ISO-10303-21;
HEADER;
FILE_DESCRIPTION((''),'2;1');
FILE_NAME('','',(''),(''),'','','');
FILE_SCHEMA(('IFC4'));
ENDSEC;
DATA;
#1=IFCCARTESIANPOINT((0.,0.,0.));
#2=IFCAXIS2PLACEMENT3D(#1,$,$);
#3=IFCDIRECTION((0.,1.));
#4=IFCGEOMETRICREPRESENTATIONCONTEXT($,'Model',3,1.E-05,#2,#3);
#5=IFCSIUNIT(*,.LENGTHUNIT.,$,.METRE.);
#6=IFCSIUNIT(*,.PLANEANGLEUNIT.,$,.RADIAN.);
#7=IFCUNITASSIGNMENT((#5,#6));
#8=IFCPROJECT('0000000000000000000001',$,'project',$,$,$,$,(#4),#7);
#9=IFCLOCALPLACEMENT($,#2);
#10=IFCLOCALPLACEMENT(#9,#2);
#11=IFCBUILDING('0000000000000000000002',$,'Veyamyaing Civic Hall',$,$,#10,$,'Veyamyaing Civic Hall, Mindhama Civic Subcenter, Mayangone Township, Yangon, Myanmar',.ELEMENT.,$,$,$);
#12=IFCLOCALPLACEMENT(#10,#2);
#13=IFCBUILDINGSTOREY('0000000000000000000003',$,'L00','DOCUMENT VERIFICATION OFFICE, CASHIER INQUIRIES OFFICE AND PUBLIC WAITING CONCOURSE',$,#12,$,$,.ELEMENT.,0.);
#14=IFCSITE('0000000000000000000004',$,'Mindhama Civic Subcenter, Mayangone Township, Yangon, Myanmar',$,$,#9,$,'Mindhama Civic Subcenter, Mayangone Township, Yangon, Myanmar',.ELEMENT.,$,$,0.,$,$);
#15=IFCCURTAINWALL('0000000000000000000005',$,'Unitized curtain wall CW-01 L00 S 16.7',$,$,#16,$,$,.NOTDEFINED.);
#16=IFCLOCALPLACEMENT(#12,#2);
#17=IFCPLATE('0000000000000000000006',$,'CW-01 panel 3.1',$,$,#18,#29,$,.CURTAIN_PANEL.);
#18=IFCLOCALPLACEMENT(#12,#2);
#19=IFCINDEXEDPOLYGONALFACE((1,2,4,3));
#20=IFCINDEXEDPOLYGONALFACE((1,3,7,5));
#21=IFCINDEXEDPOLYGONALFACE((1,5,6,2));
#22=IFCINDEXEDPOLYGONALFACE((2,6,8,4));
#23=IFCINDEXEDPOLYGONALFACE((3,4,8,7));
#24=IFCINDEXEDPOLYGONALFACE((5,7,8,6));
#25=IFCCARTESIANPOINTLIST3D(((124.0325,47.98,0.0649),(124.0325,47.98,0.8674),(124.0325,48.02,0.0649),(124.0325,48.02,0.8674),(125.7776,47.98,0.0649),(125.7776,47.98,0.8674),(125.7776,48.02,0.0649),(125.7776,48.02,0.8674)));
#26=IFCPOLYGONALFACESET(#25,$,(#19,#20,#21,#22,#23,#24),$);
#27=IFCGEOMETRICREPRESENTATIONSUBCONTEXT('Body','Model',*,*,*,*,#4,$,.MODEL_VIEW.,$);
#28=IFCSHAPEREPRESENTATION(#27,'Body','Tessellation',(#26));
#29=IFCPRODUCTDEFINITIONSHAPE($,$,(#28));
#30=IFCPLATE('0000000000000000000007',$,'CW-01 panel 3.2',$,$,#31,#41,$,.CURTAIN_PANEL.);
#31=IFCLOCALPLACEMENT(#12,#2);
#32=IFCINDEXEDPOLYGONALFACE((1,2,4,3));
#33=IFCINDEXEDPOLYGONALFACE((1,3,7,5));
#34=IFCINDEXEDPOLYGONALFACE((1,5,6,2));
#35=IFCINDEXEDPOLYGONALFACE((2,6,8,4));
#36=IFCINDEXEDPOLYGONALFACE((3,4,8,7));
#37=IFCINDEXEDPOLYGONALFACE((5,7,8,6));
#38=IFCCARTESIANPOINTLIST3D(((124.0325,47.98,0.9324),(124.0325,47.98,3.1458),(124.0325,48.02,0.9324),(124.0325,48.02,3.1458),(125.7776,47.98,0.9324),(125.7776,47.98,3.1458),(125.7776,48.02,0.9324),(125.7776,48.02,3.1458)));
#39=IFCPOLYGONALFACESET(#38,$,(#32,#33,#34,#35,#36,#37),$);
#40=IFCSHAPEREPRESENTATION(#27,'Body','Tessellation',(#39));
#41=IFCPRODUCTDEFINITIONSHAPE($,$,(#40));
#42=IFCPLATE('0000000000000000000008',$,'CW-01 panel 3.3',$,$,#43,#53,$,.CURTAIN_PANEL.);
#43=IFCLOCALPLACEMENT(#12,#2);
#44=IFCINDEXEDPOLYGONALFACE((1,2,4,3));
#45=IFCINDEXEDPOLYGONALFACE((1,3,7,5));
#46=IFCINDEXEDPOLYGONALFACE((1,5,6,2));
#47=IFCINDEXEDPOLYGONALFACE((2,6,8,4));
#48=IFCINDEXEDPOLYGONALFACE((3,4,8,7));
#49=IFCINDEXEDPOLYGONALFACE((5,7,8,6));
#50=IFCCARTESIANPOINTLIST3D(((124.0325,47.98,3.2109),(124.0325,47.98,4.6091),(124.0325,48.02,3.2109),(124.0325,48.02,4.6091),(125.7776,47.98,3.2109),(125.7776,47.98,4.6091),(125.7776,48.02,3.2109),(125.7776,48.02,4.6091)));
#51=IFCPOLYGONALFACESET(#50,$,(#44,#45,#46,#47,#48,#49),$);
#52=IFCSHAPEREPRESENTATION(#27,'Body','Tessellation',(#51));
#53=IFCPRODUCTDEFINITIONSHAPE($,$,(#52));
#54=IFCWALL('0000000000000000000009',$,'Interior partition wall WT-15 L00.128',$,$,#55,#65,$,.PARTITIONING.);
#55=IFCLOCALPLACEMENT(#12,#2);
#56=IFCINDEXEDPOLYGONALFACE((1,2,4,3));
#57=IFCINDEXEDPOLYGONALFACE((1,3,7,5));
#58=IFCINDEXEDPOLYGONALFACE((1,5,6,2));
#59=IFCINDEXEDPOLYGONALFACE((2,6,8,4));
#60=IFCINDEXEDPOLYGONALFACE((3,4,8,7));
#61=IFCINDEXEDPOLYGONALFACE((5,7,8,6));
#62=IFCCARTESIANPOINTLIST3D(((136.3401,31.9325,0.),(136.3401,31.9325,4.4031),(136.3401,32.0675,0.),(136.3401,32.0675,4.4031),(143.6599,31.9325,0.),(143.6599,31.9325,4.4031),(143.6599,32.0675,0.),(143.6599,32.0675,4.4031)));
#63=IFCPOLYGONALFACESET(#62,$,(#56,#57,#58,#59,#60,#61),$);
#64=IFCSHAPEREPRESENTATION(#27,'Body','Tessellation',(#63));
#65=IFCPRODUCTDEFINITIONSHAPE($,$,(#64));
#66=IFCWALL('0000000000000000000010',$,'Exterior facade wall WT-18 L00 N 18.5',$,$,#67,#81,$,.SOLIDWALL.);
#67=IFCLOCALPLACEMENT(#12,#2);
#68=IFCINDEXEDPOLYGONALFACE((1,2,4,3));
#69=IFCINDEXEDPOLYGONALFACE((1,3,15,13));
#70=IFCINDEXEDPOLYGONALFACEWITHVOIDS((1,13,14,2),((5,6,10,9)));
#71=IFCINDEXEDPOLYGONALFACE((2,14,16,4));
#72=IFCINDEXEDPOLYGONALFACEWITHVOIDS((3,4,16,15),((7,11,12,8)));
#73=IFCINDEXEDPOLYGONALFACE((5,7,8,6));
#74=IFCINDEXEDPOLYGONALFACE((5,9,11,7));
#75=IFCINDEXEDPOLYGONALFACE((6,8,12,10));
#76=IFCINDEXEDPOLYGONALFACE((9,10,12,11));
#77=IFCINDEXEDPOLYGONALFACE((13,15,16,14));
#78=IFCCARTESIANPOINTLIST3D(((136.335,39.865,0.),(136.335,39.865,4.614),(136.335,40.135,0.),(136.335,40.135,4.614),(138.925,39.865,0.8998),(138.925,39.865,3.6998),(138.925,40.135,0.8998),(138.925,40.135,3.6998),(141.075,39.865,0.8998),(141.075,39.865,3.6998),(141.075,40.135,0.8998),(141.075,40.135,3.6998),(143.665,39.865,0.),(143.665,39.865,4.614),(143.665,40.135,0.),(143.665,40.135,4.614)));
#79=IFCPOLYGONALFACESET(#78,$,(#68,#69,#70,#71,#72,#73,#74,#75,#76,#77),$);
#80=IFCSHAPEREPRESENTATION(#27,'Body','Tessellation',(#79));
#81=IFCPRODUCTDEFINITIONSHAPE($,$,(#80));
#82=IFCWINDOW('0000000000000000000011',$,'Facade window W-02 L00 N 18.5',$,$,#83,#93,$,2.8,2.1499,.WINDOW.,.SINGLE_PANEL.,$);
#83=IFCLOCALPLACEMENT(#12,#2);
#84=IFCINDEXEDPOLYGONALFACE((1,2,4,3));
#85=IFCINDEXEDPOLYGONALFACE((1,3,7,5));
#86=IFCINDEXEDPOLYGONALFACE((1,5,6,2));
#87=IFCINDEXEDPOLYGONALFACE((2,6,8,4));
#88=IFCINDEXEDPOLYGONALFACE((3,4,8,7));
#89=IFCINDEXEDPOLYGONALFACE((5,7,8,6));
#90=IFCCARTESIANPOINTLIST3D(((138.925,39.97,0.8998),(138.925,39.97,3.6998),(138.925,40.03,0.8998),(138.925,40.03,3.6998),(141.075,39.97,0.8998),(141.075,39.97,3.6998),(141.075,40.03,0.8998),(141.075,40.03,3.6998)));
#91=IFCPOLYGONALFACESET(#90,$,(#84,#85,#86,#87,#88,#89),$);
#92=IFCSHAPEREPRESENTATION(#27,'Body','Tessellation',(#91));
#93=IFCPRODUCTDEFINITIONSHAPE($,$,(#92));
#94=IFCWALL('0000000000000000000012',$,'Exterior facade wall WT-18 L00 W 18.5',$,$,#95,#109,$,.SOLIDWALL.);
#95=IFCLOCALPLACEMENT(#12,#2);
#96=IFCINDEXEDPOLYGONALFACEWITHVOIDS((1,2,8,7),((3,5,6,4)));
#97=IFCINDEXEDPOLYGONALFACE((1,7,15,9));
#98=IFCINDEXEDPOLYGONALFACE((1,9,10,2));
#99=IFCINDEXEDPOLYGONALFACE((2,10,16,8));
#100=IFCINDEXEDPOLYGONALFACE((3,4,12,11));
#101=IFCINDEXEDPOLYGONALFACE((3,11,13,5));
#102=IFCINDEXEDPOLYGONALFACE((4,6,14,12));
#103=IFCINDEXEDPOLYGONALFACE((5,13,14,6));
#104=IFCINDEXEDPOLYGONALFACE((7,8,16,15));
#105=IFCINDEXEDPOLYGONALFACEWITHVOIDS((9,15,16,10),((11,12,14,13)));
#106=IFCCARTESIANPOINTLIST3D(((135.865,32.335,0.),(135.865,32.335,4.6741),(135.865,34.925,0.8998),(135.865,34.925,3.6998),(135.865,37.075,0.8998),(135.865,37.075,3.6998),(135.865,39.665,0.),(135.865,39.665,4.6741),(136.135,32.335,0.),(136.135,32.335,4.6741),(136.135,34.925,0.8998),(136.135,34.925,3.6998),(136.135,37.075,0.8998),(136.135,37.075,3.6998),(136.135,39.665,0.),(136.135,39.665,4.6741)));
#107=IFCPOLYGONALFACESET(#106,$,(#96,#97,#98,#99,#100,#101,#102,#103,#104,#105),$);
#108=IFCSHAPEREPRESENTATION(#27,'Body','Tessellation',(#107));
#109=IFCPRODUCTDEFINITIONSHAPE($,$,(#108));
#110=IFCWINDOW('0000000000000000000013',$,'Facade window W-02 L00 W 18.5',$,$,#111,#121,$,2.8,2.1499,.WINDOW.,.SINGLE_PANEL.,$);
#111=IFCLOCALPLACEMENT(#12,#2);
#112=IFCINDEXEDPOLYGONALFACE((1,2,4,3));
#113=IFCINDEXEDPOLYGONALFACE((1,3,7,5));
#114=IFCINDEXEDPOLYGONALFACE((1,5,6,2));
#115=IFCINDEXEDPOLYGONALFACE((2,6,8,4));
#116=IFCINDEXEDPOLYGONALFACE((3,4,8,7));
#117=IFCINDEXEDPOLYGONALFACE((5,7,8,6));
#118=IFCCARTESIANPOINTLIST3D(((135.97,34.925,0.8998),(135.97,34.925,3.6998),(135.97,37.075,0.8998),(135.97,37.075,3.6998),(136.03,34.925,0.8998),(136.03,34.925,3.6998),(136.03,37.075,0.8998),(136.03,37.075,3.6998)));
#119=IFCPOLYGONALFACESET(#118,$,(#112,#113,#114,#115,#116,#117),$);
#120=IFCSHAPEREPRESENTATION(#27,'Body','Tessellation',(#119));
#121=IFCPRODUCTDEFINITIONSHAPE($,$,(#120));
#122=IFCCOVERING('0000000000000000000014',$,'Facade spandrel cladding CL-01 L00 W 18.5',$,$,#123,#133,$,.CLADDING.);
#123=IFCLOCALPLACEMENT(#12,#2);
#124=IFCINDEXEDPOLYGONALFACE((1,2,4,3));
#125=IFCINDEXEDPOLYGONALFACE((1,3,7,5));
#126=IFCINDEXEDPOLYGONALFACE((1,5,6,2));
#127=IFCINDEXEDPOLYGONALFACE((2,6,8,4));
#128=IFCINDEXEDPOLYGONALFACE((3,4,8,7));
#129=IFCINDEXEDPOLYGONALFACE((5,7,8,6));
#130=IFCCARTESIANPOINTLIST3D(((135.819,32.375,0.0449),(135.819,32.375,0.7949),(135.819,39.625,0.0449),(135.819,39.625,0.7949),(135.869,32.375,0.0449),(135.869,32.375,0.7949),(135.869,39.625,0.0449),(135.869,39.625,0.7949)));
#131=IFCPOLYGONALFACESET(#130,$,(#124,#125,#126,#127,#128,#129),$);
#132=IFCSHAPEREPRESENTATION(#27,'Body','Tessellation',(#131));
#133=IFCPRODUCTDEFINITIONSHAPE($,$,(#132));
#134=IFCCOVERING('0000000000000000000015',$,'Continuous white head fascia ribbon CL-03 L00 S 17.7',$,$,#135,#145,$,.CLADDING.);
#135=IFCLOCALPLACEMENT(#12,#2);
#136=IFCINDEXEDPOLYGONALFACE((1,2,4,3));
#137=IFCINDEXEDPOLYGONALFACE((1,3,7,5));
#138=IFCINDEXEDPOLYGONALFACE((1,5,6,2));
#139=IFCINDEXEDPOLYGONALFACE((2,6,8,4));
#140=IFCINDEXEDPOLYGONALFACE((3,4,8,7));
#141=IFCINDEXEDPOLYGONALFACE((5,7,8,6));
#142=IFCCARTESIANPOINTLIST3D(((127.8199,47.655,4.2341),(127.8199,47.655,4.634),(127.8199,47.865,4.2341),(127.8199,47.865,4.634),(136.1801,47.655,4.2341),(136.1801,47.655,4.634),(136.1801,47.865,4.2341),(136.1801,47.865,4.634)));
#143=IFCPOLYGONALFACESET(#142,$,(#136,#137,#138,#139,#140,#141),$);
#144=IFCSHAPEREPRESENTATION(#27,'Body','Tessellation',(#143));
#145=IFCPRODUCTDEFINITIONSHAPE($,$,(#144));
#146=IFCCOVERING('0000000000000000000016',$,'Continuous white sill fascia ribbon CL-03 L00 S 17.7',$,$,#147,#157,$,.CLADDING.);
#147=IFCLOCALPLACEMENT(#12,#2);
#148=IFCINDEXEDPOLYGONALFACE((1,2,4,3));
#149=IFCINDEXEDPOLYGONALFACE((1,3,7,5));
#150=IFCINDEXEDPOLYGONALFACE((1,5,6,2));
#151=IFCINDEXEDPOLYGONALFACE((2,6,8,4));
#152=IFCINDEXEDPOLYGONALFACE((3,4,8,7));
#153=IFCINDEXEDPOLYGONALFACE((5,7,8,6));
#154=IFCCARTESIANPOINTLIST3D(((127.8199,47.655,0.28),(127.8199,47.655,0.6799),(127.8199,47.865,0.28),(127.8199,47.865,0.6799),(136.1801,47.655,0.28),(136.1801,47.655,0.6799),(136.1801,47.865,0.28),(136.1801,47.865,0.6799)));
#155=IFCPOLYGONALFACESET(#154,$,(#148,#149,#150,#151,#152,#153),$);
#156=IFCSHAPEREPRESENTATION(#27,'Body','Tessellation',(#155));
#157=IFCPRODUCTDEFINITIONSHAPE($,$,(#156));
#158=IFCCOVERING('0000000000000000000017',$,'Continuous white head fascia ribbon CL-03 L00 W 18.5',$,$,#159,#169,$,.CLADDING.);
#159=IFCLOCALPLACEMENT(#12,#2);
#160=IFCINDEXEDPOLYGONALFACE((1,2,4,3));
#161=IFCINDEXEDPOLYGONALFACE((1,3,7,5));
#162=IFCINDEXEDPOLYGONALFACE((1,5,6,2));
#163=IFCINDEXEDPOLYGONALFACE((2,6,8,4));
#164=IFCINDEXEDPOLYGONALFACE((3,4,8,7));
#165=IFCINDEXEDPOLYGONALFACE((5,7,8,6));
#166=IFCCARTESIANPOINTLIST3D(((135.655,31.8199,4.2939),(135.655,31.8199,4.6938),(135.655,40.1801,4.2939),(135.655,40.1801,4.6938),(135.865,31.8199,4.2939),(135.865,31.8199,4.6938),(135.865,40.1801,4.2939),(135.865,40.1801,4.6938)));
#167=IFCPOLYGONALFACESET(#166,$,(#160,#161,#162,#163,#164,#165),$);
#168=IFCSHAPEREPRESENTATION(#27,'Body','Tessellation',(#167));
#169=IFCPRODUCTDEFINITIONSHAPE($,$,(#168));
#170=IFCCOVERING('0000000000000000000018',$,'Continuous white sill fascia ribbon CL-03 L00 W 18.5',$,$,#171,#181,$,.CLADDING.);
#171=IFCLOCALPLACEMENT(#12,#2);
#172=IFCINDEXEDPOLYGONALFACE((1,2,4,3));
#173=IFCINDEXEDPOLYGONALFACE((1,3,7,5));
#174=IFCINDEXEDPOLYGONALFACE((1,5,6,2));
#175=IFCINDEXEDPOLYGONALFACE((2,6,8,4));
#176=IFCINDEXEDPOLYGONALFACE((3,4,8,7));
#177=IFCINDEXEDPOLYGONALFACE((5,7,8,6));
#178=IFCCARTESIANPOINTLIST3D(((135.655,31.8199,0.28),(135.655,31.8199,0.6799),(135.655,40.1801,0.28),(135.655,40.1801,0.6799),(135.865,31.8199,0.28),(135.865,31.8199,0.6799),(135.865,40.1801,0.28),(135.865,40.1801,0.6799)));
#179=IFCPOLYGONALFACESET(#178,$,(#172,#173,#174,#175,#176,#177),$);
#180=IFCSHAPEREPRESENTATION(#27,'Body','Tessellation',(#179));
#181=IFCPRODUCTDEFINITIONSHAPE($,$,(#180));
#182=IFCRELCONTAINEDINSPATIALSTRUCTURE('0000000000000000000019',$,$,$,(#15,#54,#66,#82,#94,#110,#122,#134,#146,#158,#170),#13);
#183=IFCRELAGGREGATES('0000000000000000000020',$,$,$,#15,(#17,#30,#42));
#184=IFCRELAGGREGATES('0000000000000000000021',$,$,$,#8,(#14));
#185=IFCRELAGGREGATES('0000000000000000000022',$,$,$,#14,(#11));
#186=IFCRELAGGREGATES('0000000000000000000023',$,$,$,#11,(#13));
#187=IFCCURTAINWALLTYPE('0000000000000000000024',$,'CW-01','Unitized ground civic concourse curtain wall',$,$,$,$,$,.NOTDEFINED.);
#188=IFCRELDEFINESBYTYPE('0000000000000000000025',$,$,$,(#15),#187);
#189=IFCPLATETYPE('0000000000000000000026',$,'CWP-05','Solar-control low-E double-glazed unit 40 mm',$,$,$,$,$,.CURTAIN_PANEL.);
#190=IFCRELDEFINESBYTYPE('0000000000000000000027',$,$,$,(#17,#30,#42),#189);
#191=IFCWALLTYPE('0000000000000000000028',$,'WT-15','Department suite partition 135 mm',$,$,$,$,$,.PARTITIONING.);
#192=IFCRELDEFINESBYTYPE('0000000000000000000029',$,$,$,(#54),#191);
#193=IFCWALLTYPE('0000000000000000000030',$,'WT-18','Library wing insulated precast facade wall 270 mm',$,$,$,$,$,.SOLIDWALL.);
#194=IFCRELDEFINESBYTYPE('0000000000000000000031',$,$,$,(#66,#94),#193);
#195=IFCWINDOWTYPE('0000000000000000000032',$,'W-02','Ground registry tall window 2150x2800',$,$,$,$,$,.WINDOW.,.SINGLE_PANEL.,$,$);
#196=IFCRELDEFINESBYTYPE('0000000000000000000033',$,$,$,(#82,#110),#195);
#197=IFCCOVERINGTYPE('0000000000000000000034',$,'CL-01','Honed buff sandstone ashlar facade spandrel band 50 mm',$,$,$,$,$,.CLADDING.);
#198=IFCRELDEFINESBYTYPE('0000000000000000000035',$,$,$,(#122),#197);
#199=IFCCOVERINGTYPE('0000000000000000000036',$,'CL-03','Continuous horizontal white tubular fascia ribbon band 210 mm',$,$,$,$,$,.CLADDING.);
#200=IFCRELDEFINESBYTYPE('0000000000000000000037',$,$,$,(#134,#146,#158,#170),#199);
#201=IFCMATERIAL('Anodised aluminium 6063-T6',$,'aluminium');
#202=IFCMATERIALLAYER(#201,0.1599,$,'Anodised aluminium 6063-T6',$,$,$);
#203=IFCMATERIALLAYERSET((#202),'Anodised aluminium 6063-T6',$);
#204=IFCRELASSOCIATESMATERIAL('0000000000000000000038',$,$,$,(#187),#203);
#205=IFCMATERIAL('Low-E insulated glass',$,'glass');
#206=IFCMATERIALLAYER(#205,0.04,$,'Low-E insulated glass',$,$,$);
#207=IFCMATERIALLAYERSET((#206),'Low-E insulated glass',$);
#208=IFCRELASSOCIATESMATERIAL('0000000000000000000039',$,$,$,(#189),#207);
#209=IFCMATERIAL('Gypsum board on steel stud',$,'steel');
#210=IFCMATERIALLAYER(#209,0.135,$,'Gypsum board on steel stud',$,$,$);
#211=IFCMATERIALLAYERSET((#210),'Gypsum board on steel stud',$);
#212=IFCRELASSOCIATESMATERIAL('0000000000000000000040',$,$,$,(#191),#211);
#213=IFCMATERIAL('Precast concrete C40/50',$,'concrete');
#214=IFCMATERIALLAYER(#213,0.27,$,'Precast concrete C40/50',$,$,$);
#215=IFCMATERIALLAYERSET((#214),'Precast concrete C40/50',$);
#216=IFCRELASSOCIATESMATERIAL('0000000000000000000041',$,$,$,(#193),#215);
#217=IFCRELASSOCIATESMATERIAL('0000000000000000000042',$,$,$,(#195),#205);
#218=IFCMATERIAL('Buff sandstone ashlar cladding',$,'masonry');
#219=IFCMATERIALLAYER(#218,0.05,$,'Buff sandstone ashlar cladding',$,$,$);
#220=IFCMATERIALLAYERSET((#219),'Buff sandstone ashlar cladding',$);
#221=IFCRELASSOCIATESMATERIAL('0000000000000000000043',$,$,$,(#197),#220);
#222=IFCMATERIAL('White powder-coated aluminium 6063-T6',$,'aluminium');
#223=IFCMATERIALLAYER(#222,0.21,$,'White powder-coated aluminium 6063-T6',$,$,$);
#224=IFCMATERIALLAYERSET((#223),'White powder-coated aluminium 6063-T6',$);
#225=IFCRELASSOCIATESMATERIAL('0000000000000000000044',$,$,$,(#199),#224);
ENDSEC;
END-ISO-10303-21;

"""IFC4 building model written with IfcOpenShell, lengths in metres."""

from ifc_helpers import new_model, si_unit, direction, frame, frame_2d, origin, origin_2d, place, context, subcontext, project, spatial, rectangle, extrude, material, layer, layer_set, type_object, element, fill, aggregate, save


model = new_model("IFC4")

# Units and contexts
model_context = context("Model", 3, precision=1e-05, world=origin(), true_north=direction((0.0, 1.0)))
body_context = subcontext(model_context, "Body", "Model", "MODEL_VIEW")
ifc_project = project(units=[si_unit("LENGTHUNIT", "METRE"), si_unit("PLANEANGLEUNIT", "RADIAN")], contexts=[model_context])

# Site, building, storey
site_placement = place(None, origin())
site = spatial("IfcSite", under=ifc_project, at=site_placement, Name="Mindhama Civic Subcenter, Mayangone Township, Yangon, Myanmar", LongName="Mindhama Civic Subcenter, Mayangone Township, Yangon, Myanmar", CompositionType="ELEMENT", RefElevation=0.0)
building_placement = place(site_placement, origin())
building = spatial("IfcBuilding", under=site, at=building_placement, Name="Veyamyaing Civic Hall", LongName="Veyamyaing Civic Hall, Mindhama Civic Subcenter, Mayangone Township, Yangon, Myanmar", CompositionType="ELEMENT")
storey_placement = place(building_placement, origin())
storey = spatial("IfcBuildingStorey", under=building, at=storey_placement, Name="L00", Description="DOCUMENT VERIFICATION OFFICE, CASHIER INQUIRIES OFFICE AND PUBLIC WAITING CONCOURSE", CompositionType="ELEMENT", Elevation=0.0)

# Curtain wall
ifc_material_1 = material(Name="Anodised aluminium 6063-T6", Category="aluminium")
ifc_layer_1 = layer(ifc_material_1, 0.1599, Name="Anodised aluminium 6063-T6")
ifc_layer_set_1 = layer_set([ifc_layer_1], Name="Anodised aluminium 6063-T6")
curtain_wall_type = type_object("IfcCurtainWallType", Name="CW-01", Description="Unitized ground civic concourse curtain wall", PredefinedType="NOTDEFINED", material=ifc_layer_set_1)
curtain_wall_placement = place(storey_placement, origin())
curtain_wall = element("IfcCurtainWall", 1, at=curtain_wall_placement, inside=storey, type_object=curtain_wall_type, Name="Unitized curtain wall CW-01 L00 S 16.7", PredefinedType="NOTDEFINED")

# Plates
ifc_material_2 = material(Name="Low-E insulated glass", Category="glass")
ifc_layer_2 = layer(ifc_material_2, 0.04, Name="Low-E insulated glass")
ifc_layer_set_2 = layer_set([ifc_layer_2], Name="Low-E insulated glass")
plate_type = type_object("IfcPlateType", Name="CWP-05", Description="Solar-control low-E double-glazed unit 40 mm", PredefinedType="CURTAIN_PANEL", material=ifc_layer_set_2)
plate_1_placement = place(storey_placement, frame((124.905, 48.0, 0.0649), z_axis=(0.0, 0.0, 1.0), x_axis=(1.0, 0.0, 0.0)))
plate_1 = element("IfcPlate", 2, at=plate_1_placement, type_object=plate_type, Name="CW-01 panel 3.1", PredefinedType="CURTAIN_PANEL", context=body_context, shape_type="SweptSolid", body=[
    extrude(rectangle(XDim=1.7451, YDim=0.04, at=origin_2d()), origin(), (0.0, 0.0, 1.0), 0.8025),
])
plate_2_placement = place(storey_placement, frame((124.905, 48.0, 0.9324), z_axis=(0.0, 0.0, 1.0), x_axis=(1.0, 0.0, 0.0)))
plate_2 = element("IfcPlate", 3, at=plate_2_placement, type_object=plate_type, Name="CW-01 panel 3.2", PredefinedType="CURTAIN_PANEL", context=body_context, shape_type="SweptSolid", body=[
    extrude(rectangle(XDim=1.7451, YDim=0.04, at=origin_2d()), origin(), (0.0, 0.0, 1.0), 2.2134),
])
plate_3_placement = place(storey_placement, frame((124.905, 48.0, 3.2109), z_axis=(0.0, 0.0, 1.0), x_axis=(1.0, 0.0, 0.0)))
plate_3 = element("IfcPlate", 4, at=plate_3_placement, type_object=plate_type, Name="CW-01 panel 3.3", PredefinedType="CURTAIN_PANEL", context=body_context, shape_type="SweptSolid", body=[
    extrude(rectangle(XDim=1.7451, YDim=0.04, at=origin_2d()), origin(), (0.0, 0.0, 1.0), 1.3982),
])
aggregate(curtain_wall, [plate_1, plate_2, plate_3])

# Wall
ifc_material_3 = material(Name="Gypsum board on steel stud", Category="steel")
ifc_layer_3 = layer(ifc_material_3, 0.135, Name="Gypsum board on steel stud")
ifc_layer_set_3 = layer_set([ifc_layer_3], Name="Gypsum board on steel stud")
wall_type_1 = type_object("IfcWallType", Name="WT-15", Description="Department suite partition 135 mm", PredefinedType="PARTITIONING", material=ifc_layer_set_3)
wall_1_placement = place(storey_placement, frame((136.3401, 32.0, 0.0), z_axis=(0.0, 0.0, 1.0), x_axis=(1.0, 0.0, 0.0)))
element("IfcWall", 5, at=wall_1_placement, inside=storey, type_object=wall_type_1, Name="Interior partition wall WT-15 L00.128", PredefinedType="PARTITIONING", context=body_context, shape_type="SweptSolid", body=[
    extrude(rectangle(XDim=7.3198, YDim=0.135, at=frame_2d((3.6599, 0.0))), origin(), (0.0, 0.0, 1.0), 4.4031),
])

# Walls, openings, windows
ifc_material_4 = material(Name="Precast concrete C40/50", Category="concrete")
ifc_layer_4 = layer(ifc_material_4, 0.27, Name="Precast concrete C40/50")
ifc_layer_set_4 = layer_set([ifc_layer_4], Name="Precast concrete C40/50")
wall_type_2 = type_object("IfcWallType", Name="WT-18", Description="Library wing insulated precast facade wall 270 mm", PredefinedType="SOLIDWALL", material=ifc_layer_set_4)
wall_2_placement = place(storey_placement, frame((136.335, 40.0, 0.0), z_axis=(0.0, 0.0, 1.0), x_axis=(1.0, 0.0, 0.0)))
wall_2 = element("IfcWall", 6, at=wall_2_placement, inside=storey, type_object=wall_type_2, Name="Exterior facade wall WT-18 L00 N 18.5", PredefinedType="SOLIDWALL", context=body_context, shape_type="SweptSolid", body=[
    extrude(rectangle(XDim=7.3301, YDim=0.27, at=frame_2d((3.665, 0.0))), origin(), (0.0, 0.0, 1.0), 4.614),
])
opening_1_placement = place(wall_2_placement, frame((2.5901, 0.0, 0.8999)))
opening_1 = element("IfcOpeningElement", 7, at=opening_1_placement, cuts=wall_2, PredefinedType="OPENING", context=body_context, shape_type="SweptSolid", body=[
    extrude(rectangle(XDim=2.1499, YDim=2.8, at=frame_2d((1.075, 1.3999))), frame((0.0, 0.145, 0.0), z_axis=(0.0, -1.0, 0.0), x_axis=(1.0, 0.0, 0.0)), (0.0, 0.0, 1.0), 0.29),
])
window_type = type_object("IfcWindowType", Name="W-02", Description="Ground registry tall window 2150x2800", PartitioningType="SINGLE_PANEL", PredefinedType="WINDOW", material=ifc_material_2)
window_1_placement = place(opening_1_placement, origin())
window_1 = element("IfcWindow", 8, at=window_1_placement, inside=storey, type_object=window_type, Name="Facade window W-02 L00 N 18.5", OverallHeight=2.8, OverallWidth=2.1499, PartitioningType="SINGLE_PANEL", PredefinedType="WINDOW", context=body_context, shape_type="SweptSolid", body=[
    extrude(rectangle(XDim=2.1499, YDim=2.8, at=frame_2d((1.075, 1.3999))), frame((0.0, 0.03, 0.0), z_axis=(0.0, -1.0, 0.0), x_axis=(1.0, 0.0, 0.0)), (0.0, 0.0, 1.0), 0.0601),
])
fill(opening_1, window_1)
wall_3_placement = place(storey_placement, frame((136.0, 32.335, 0.0), z_axis=(0.0, 0.0, 1.0), x_axis=(0.0, 1.0, 0.0)))
wall_3 = element("IfcWall", 9, at=wall_3_placement, inside=storey, type_object=wall_type_2, Name="Exterior facade wall WT-18 L00 W 18.5", PredefinedType="SOLIDWALL", context=body_context, shape_type="SweptSolid", body=[
    extrude(rectangle(XDim=7.3301, YDim=0.27, at=frame_2d((3.665, 0.0))), origin(), (0.0, 0.0, 1.0), 4.6741),
])
opening_2_placement = place(wall_3_placement, frame((2.5901, 0.0, 0.8999)))
opening_2 = element("IfcOpeningElement", 10, at=opening_2_placement, cuts=wall_3, PredefinedType="OPENING", context=body_context, shape_type="SweptSolid", body=[
    extrude(rectangle(XDim=2.1499, YDim=2.8, at=frame_2d((1.075, 1.3999))), frame((0.0, 0.145, 0.0), z_axis=(0.0, -1.0, 0.0), x_axis=(1.0, 0.0, 0.0)), (0.0, 0.0, 1.0), 0.29),
])
window_2_placement = place(opening_2_placement, origin())
window_2 = element("IfcWindow", 11, at=window_2_placement, inside=storey, type_object=window_type, Name="Facade window W-02 L00 W 18.5", OverallHeight=2.8, OverallWidth=2.1499, PartitioningType="SINGLE_PANEL", PredefinedType="WINDOW", context=body_context, shape_type="SweptSolid", body=[
    extrude(rectangle(XDim=2.1499, YDim=2.8, at=frame_2d((1.075, 1.3999))), frame((0.0, 0.03, 0.0), z_axis=(0.0, -1.0, 0.0), x_axis=(1.0, 0.0, 0.0)), (0.0, 0.0, 1.0), 0.0601),
])
fill(opening_2, window_2)

# Coverings
ifc_material_5 = material(Name="Buff sandstone ashlar cladding", Category="masonry")
ifc_layer_5 = layer(ifc_material_5, 0.05, Name="Buff sandstone ashlar cladding")
ifc_layer_set_5 = layer_set([ifc_layer_5], Name="Buff sandstone ashlar cladding")
covering_type_1 = type_object("IfcCoveringType", Name="CL-01", Description="Honed buff sandstone ashlar facade spandrel band 50 mm", PredefinedType="CLADDING", material=ifc_layer_set_5)
covering_placement = place(storey_placement, frame((135.844, 36.0, 0.0449), z_axis=(0.0, 0.0, 1.0), x_axis=(0.0, 1.0, 0.0)))
element("IfcCovering", 12, at=covering_placement, inside=storey, type_object=covering_type_1, Name="Facade spandrel cladding CL-01 L00 W 18.5", PredefinedType="CLADDING", context=body_context, shape_type="SweptSolid", body=[
    extrude(rectangle(XDim=7.25, YDim=0.05, at=origin_2d()), origin(), (0.0, 0.0, 1.0), 0.75),
])
ifc_material_6 = material(Name="White powder-coated aluminium 6063-T6", Category="aluminium")
ifc_layer_6 = layer(ifc_material_6, 0.21, Name="White powder-coated aluminium 6063-T6")
ifc_layer_set_6 = layer_set([ifc_layer_6], Name="White powder-coated aluminium 6063-T6")
covering_type_2 = type_object("IfcCoveringType", Name="CL-03", Description="Continuous horizontal white tubular fascia ribbon band 210 mm", PredefinedType="CLADDING", material=ifc_layer_set_6)
for number, where, z_axis, x_axis, name in (
    (13, (132.0, 47.76, 4.2341), (0.0, 0.0, 1.0), (1.0, 0.0, 0.0), "Continuous white head fascia ribbon CL-03 L00 S 17.7"),
    (14, (132.0, 47.76, 0.28), (0.0, 0.0, 1.0), (1.0, 0.0, 0.0), "Continuous white sill fascia ribbon CL-03 L00 S 17.7"),
    (15, (135.76, 36.0, 4.2939), (0.0, 0.0, 1.0), (0.0, 1.0, 0.0), "Continuous white head fascia ribbon CL-03 L00 W 18.5"),
    (16, (135.76, 36.0, 0.28), (0.0, 0.0, 1.0), (0.0, 1.0, 0.0), "Continuous white sill fascia ribbon CL-03 L00 W 18.5"),
):
    element("IfcCovering", number, at=place(storey_placement, frame(where, z_axis=z_axis, x_axis=x_axis)), inside=storey, type_object=covering_type_2, Name=name, PredefinedType="CLADDING", context=body_context, shape_type="SweptSolid", body=[
        extrude(rectangle(XDim=8.3601, YDim=0.21, at=origin_2d()), origin(), (0.0, 0.0, 1.0), 0.3999),
    ])

save(model, "model.ifc")
